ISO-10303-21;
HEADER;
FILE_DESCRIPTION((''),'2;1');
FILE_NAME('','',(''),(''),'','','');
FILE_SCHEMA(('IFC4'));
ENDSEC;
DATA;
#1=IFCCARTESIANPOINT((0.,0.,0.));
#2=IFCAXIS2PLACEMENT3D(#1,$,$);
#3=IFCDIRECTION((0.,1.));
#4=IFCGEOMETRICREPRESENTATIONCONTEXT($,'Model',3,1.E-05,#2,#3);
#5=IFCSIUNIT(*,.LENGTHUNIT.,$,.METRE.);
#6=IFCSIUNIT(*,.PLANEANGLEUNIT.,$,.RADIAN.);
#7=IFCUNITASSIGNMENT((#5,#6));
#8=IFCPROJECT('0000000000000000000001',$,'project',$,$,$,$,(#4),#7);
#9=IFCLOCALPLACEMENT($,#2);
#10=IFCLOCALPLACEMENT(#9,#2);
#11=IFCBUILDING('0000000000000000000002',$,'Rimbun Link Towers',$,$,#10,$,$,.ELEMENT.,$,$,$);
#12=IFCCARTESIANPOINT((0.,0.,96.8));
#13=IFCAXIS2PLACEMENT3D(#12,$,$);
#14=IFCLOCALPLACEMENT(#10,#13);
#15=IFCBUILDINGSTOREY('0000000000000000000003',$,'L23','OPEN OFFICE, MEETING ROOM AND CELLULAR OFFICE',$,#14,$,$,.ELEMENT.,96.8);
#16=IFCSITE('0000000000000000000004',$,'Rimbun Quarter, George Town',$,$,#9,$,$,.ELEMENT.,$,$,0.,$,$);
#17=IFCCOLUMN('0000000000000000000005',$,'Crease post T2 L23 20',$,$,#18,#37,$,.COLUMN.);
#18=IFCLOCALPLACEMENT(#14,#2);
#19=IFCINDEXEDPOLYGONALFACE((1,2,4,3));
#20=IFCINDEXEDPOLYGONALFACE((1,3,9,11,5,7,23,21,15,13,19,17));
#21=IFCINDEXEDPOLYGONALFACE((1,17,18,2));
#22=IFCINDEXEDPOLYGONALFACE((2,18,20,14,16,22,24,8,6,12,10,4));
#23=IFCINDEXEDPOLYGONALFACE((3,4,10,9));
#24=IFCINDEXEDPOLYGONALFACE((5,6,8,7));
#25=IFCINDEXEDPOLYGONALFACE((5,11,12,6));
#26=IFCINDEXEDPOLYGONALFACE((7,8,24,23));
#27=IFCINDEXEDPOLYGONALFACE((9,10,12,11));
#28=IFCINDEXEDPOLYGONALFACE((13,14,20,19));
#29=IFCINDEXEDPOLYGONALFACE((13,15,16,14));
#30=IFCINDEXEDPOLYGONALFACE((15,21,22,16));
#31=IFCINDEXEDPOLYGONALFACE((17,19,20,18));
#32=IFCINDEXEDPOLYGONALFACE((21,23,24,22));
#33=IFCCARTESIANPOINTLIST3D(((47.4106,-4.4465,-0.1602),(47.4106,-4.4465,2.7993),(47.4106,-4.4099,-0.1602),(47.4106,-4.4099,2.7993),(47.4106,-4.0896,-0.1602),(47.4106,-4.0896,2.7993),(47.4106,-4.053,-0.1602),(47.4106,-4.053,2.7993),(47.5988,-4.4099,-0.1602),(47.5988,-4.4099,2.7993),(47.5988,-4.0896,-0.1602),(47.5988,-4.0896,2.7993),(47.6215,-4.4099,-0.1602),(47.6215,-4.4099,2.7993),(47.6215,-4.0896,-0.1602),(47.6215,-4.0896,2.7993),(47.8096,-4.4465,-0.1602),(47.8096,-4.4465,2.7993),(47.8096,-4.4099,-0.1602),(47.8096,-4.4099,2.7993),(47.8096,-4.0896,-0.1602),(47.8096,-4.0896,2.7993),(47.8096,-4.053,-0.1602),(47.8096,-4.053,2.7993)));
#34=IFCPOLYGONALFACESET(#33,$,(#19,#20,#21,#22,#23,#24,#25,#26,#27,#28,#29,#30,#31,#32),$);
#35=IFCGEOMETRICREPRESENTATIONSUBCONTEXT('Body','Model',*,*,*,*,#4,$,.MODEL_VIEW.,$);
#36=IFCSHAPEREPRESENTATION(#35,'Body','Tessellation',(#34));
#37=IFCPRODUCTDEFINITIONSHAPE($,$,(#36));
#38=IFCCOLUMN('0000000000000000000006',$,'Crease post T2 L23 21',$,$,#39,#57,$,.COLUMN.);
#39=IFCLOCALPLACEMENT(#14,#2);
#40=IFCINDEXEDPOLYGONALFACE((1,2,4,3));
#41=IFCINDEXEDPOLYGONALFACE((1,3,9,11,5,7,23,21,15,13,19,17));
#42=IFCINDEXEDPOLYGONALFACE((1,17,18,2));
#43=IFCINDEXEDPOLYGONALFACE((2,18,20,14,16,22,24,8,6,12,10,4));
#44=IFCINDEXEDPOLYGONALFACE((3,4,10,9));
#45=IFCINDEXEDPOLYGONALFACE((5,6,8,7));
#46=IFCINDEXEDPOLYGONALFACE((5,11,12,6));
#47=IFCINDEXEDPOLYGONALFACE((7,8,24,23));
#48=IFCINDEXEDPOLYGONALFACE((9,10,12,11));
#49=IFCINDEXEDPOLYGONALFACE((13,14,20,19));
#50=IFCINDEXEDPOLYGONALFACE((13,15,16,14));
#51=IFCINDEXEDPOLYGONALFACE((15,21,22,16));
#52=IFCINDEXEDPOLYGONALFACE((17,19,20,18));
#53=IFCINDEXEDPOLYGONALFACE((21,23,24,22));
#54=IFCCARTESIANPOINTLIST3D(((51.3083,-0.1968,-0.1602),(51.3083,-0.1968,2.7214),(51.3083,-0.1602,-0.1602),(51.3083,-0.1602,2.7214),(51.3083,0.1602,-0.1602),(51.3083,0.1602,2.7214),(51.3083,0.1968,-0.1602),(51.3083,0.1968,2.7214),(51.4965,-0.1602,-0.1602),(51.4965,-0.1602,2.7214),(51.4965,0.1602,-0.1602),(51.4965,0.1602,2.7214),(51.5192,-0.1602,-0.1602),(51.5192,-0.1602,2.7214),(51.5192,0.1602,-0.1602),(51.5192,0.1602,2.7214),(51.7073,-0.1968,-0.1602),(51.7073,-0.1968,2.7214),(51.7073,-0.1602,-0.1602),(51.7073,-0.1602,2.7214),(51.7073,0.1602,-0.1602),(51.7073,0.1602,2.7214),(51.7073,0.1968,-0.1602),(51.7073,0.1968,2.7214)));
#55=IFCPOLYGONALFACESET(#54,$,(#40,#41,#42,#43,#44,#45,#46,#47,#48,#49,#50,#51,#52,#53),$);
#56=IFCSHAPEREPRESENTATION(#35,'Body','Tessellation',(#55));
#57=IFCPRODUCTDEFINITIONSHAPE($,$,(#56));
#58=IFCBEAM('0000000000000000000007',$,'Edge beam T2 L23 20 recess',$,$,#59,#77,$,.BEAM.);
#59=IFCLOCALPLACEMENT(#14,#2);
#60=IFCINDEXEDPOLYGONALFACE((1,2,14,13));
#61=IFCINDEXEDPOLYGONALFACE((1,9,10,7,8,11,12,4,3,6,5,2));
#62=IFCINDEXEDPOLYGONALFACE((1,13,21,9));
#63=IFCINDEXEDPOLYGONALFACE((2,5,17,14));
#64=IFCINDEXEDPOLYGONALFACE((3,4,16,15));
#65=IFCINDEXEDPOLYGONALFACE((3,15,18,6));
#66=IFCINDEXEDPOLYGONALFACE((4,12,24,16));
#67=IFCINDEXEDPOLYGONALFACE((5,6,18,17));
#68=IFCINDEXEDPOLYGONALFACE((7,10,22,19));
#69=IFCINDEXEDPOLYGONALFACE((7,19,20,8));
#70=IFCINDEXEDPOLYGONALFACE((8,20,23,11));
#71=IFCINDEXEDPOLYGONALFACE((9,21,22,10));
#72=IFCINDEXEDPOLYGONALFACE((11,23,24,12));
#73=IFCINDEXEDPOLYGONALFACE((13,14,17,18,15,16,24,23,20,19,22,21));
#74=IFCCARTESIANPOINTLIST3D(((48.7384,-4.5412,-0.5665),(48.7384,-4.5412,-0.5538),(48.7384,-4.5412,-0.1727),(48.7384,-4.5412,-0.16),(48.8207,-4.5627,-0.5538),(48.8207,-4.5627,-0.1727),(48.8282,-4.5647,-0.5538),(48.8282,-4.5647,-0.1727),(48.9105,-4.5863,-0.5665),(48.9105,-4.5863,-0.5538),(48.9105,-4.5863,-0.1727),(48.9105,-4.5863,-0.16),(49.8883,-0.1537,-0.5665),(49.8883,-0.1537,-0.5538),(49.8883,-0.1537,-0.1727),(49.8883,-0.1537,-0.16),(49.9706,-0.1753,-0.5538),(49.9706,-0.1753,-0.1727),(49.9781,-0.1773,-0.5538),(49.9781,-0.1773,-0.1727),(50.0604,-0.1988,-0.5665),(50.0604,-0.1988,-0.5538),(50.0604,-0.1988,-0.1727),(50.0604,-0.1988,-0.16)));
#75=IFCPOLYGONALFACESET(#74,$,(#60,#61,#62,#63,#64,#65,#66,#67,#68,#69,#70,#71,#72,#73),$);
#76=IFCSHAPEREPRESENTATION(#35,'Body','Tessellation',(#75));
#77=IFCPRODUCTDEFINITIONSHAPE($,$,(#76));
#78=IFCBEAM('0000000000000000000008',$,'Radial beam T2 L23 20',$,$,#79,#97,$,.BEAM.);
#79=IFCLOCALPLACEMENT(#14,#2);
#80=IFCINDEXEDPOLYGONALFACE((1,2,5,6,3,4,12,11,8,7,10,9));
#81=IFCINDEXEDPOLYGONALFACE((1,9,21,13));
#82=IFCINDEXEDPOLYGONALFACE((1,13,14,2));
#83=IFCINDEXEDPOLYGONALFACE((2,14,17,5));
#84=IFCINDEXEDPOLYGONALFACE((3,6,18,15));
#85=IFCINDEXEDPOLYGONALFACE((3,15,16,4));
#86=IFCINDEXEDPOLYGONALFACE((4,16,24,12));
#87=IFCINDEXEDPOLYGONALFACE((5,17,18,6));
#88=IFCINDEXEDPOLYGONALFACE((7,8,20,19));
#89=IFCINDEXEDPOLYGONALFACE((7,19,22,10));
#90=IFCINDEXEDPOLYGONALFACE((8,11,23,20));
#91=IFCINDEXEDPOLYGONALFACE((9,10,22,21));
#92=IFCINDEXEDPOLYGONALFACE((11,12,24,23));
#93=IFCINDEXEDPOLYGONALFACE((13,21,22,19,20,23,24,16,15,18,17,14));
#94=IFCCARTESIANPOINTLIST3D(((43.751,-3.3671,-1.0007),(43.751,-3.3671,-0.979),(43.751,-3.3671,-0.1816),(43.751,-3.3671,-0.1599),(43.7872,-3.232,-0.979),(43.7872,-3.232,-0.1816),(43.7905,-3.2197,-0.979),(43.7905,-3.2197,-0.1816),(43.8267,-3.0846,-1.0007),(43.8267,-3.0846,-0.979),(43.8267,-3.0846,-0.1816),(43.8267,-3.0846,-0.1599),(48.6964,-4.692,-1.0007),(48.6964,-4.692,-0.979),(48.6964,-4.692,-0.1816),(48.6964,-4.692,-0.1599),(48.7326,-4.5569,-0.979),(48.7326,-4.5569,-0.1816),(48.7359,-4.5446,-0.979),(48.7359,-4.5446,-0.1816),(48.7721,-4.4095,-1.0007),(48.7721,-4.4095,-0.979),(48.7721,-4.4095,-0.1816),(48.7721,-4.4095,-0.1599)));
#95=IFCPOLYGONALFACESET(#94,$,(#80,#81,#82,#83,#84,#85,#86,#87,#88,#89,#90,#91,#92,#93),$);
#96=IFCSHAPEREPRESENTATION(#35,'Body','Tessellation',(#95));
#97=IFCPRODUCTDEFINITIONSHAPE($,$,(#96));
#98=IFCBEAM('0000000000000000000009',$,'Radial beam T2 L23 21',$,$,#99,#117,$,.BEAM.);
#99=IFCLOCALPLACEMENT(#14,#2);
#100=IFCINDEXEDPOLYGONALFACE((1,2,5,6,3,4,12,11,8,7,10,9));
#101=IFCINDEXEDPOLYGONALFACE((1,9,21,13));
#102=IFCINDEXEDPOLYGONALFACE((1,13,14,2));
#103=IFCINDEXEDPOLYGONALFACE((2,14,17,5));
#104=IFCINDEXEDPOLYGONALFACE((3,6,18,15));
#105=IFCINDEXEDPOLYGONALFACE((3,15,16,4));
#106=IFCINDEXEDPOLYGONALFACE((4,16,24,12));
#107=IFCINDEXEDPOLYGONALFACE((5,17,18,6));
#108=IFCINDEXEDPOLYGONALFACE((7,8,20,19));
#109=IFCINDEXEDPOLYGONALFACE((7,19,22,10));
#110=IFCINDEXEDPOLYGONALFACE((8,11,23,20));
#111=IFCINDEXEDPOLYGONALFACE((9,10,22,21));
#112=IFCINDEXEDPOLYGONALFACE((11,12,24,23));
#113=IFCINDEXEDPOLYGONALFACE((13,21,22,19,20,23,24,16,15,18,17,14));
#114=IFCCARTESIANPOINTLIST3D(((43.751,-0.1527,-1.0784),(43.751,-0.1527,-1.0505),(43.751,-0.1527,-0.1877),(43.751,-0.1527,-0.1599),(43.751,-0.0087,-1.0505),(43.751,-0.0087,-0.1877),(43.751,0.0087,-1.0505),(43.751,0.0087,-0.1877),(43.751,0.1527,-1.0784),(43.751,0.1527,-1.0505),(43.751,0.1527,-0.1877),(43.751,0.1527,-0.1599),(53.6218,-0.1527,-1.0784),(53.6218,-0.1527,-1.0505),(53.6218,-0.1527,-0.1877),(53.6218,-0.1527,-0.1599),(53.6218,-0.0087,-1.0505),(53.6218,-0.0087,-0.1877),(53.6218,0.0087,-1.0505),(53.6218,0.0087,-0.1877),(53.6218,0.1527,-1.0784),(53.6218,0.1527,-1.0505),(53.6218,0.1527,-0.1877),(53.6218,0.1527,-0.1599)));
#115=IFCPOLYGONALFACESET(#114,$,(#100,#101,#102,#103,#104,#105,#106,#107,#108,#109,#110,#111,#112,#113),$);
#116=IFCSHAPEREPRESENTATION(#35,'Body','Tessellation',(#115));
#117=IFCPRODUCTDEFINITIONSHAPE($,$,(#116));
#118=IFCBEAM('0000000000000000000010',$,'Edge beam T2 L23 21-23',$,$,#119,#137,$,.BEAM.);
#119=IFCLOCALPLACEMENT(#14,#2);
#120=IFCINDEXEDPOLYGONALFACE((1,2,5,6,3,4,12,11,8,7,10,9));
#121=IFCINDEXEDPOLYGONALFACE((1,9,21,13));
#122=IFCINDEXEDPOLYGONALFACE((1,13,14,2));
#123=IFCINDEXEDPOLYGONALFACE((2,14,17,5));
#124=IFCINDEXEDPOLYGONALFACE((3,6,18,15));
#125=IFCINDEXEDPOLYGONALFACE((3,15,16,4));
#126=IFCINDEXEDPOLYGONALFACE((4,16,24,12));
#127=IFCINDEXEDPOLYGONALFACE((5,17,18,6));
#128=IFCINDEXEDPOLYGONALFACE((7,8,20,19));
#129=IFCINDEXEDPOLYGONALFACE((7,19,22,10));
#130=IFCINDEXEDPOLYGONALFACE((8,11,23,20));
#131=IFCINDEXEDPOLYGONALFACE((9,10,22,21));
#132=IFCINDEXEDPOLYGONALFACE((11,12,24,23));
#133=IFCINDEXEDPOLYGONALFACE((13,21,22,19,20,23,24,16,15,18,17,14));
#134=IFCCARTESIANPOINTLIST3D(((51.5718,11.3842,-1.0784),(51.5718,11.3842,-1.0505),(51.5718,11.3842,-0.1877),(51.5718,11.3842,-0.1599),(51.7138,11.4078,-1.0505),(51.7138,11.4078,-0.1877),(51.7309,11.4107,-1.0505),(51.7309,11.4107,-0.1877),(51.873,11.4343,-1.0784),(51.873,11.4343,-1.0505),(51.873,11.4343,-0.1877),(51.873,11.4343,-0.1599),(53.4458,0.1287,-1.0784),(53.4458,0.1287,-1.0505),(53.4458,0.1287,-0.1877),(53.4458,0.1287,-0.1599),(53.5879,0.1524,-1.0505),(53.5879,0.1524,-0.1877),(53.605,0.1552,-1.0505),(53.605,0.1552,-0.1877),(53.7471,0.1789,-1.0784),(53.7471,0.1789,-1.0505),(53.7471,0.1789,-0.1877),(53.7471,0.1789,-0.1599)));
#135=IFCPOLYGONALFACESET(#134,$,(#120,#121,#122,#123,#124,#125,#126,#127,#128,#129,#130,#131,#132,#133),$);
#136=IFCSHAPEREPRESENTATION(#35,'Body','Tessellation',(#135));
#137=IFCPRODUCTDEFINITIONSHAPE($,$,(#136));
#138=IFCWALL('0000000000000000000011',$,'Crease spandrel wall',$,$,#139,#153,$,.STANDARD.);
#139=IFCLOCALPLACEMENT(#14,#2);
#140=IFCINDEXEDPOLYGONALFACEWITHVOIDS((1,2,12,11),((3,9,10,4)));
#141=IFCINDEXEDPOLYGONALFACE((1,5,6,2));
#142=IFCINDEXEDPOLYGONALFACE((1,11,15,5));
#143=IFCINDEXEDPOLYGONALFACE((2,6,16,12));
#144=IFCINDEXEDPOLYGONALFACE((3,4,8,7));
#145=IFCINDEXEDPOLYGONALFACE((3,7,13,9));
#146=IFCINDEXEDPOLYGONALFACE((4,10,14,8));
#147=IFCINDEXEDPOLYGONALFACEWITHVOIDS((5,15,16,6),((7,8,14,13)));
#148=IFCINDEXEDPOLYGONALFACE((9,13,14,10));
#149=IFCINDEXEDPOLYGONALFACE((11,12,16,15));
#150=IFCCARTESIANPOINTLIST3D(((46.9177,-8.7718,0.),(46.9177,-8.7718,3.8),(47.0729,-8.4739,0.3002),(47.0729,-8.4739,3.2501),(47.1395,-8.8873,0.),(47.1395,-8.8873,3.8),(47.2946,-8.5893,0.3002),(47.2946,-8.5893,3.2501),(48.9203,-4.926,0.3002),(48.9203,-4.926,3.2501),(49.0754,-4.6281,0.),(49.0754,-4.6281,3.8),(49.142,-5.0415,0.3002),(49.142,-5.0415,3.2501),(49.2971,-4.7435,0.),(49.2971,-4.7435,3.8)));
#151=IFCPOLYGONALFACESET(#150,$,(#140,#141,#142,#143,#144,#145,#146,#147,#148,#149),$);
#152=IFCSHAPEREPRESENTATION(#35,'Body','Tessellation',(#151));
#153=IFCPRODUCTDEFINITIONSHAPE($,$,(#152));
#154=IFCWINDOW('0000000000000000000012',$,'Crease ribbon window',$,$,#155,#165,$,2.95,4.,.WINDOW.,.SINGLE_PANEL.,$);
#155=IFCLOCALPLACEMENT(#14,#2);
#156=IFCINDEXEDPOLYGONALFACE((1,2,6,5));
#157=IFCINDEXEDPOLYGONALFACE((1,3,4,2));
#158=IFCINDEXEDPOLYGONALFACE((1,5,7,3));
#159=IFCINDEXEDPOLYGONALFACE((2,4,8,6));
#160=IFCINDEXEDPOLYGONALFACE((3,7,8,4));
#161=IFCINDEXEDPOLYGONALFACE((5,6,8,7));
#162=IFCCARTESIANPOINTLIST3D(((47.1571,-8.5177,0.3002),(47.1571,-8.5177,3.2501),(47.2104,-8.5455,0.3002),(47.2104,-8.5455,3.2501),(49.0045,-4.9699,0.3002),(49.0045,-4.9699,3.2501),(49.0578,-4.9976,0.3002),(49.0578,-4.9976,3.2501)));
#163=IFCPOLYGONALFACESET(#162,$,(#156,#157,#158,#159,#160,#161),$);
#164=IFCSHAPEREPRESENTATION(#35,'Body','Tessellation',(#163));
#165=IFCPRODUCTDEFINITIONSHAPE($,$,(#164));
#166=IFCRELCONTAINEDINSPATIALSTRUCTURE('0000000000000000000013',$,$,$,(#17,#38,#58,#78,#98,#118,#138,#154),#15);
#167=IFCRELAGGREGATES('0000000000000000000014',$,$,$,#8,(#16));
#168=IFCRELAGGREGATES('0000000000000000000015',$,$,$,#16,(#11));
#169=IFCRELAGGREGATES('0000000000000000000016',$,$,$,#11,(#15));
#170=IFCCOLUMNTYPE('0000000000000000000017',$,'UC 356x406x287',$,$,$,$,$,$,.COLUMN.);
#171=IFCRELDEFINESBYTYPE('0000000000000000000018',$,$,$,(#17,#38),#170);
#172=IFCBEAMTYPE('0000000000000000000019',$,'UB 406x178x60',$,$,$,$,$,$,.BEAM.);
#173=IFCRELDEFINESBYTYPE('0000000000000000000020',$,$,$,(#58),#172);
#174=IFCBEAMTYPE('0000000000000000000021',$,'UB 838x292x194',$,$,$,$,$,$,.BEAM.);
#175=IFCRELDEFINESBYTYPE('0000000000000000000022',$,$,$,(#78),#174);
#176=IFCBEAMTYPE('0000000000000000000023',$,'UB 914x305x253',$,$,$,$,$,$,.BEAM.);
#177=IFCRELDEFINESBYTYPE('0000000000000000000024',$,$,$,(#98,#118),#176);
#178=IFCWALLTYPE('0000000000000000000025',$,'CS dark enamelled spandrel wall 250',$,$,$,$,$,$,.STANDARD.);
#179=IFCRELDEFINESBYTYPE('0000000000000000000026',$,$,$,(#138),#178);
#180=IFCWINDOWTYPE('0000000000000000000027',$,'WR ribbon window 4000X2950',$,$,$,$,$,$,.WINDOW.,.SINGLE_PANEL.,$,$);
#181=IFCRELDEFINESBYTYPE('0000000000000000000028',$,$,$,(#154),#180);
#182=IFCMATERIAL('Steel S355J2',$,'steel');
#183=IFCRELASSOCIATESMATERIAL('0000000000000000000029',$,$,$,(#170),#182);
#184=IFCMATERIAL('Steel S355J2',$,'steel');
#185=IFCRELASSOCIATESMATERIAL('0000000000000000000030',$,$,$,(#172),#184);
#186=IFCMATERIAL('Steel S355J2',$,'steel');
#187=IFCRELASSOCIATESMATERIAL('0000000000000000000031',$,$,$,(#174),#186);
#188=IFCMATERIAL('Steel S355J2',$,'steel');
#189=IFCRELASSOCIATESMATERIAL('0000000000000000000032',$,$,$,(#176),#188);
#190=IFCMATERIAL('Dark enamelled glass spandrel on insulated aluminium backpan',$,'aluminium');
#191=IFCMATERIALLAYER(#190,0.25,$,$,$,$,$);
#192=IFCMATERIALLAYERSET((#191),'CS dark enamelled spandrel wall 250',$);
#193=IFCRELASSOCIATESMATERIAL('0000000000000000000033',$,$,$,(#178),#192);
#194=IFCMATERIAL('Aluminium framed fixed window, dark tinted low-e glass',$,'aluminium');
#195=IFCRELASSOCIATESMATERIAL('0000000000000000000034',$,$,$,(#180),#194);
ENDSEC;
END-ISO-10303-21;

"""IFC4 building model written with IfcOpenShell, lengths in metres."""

from ifc_helpers import new_model, si_unit, direction, frame, frame_2d, origin, origin_2d, place, context, subcontext, project, spatial, rectangle, i_section, extrude, material, layer, layer_set, material_profile, profile_set, type_object, element, fill, save


model = new_model("IFC4")

# Units and contexts
model_context = context("Model", 3, precision=1e-05, world=origin(), true_north=direction((0.0, 1.0)))
body_context = subcontext(model_context, "Body", "Model", "MODEL_VIEW")
ifc_project = project(units=[si_unit("LENGTHUNIT", "METRE"), si_unit("PLANEANGLEUNIT", "RADIAN")], contexts=[model_context])

# Site, building, storey
site_placement = place(None, origin())
site = spatial("IfcSite", under=ifc_project, at=site_placement, Name="Rimbun Quarter, George Town", CompositionType="ELEMENT", RefElevation=0.0)
building_placement = place(site_placement, origin())
building = spatial("IfcBuilding", under=site, at=building_placement, Name="Rimbun Link Towers", CompositionType="ELEMENT")
storey_placement = place(building_placement, frame((0.0, 0.0, 96.8)))
storey = spatial("IfcBuildingStorey", under=building, at=storey_placement, Name="L23", Description="OPEN OFFICE, MEETING ROOM AND CELLULAR OFFICE", CompositionType="ELEMENT", Elevation=96.8)

# Columns
ifc_material_1 = material(Name="Steel S355J2", Category="steel")
ifc_material_profile_1 = material_profile(ifc_material_1, i_section(OverallWidth=0.3989, OverallDepth=0.3936, WebThickness=0.0227, FlangeThickness=0.0366, at=origin_2d()), Name="UC 356x406x287")
ifc_profile_set_1 = profile_set([ifc_material_profile_1], Name="Steel S355J2")
column_type = type_object("IfcColumnType", Name="UC 356x406x287", PredefinedType="COLUMN", material=ifc_profile_set_1)
column_1_placement = place(storey_placement, frame((47.6101, -4.2498, -0.1602), z_axis=(0.0, 0.0, 1.0), x_axis=(1.0, 0.0, 0.0)))
element("IfcColumn", 1, at=column_1_placement, inside=storey, type_object=column_type, Name="Crease post T2 L23 20", PredefinedType="COLUMN", context=body_context, shape_type="SweptSolid", body=[
    extrude(i_section(OverallWidth=0.3989, OverallDepth=0.3936, WebThickness=0.0227, FlangeThickness=0.0366, at=origin_2d()), origin(), (0.0, 0.0, 1.0), 2.9595),
])
column_2_placement = place(storey_placement, frame((51.5078, 0.0, -0.1602), z_axis=(0.0, 0.0, 1.0), x_axis=(1.0, 0.0, 0.0)))
element("IfcColumn", 2, at=column_2_placement, inside=storey, type_object=column_type, Name="Crease post T2 L23 21", PredefinedType="COLUMN", context=body_context, shape_type="SweptSolid", body=[
    extrude(i_section(OverallWidth=0.3989, OverallDepth=0.3936, WebThickness=0.0227, FlangeThickness=0.0366, at=origin_2d()), origin(), (0.0, 0.0, 1.0), 2.8816),
])

# Beams
ifc_material_2 = material(Name="Steel S355J2", Category="steel")
ifc_material_profile_2 = material_profile(ifc_material_2, i_section(OverallWidth=0.178, OverallDepth=0.4065, WebThickness=0.0078, FlangeThickness=0.0127, at=origin_2d()), Name="UB 406x178x60")
ifc_profile_set_2 = profile_set([ifc_material_profile_2], Name="Steel S355J2")
beam_type_1 = type_object("IfcBeamType", Name="UB 406x178x60", PredefinedType="BEAM", material=ifc_profile_set_2)
beam_1_placement = place(storey_placement, frame((48.8245, -4.5637, -0.3633), z_axis=(0.253526, 0.967329, 0.0), x_axis=(-0.967329, 0.253526, 0.0)))
element("IfcBeam", 3, at=beam_1_placement, inside=storey, type_object=beam_type_1, Name="Edge beam T2 L23 20 recess", PredefinedType="BEAM", context=body_context, shape_type="SweptSolid", body=[
    extrude(i_section(OverallWidth=0.178, OverallDepth=0.4065, WebThickness=0.0078, FlangeThickness=0.0127, at=origin_2d()), origin(), (0.0, 0.0, 1.0), 4.5356),
])
ifc_material_3 = material(Name="Steel S355J2", Category="steel")
ifc_material_profile_3 = material_profile(ifc_material_3, i_section(OverallWidth=0.2925, OverallDepth=0.8408, WebThickness=0.0127, FlangeThickness=0.0217, at=origin_2d()), Name="UB 838x292x194")
ifc_profile_set_3 = profile_set([ifc_material_profile_3], Name="Steel S355J2")
beam_type_2 = type_object("IfcBeamType", Name="UB 838x292x194", PredefinedType="BEAM", material=ifc_profile_set_3)
beam_2_placement = place(storey_placement, frame((43.7888, -3.2258, -0.5803), z_axis=(0.965936, -0.258781, 0.0), x_axis=(0.258781, 0.965936, 0.0)))
element("IfcBeam", 4, at=beam_2_placement, inside=storey, type_object=beam_type_2, Name="Radial beam T2 L23 20", PredefinedType="BEAM", context=body_context, shape_type="SweptSolid", body=[
    extrude(i_section(OverallWidth=0.2925, OverallDepth=0.8408, WebThickness=0.0127, FlangeThickness=0.0217, at=origin_2d()), origin(), (0.0, 0.0, 1.0), 5.1199),
])
ifc_material_4 = material(Name="Steel S355J2", Category="steel")
ifc_material_profile_4 = material_profile(ifc_material_4, i_section(OverallWidth=0.3054, OverallDepth=0.9185, WebThickness=0.0173, FlangeThickness=0.0278, at=origin_2d()), Name="UB 914x305x253")
ifc_profile_set_4 = profile_set([ifc_material_profile_4], Name="Steel S355J2")
beam_type_3 = type_object("IfcBeamType", Name="UB 914x305x253", PredefinedType="BEAM", material=ifc_profile_set_4)
beam_3_placement = place(storey_placement, frame((43.751, 0.0, -0.6191), z_axis=(1.0, 0.0, 0.0), x_axis=(0.0, 1.0, 0.0)))
element("IfcBeam", 5, at=beam_3_placement, inside=storey, type_object=beam_type_3, Name="Radial beam T2 L23 21", PredefinedType="BEAM", context=body_context, shape_type="SweptSolid", body=[
    extrude(i_section(OverallWidth=0.3054, OverallDepth=0.9185, WebThickness=0.0173, FlangeThickness=0.0278, at=origin_2d()), origin(), (0.0, 0.0, 1.0), 9.8708),
])
beam_4_placement = place(storey_placement, frame((53.5964, 0.1538, -0.6191), z_axis=(-0.164239, 0.986421, 0.0), x_axis=(-0.986421, -0.164239, 0.0)))
element("IfcBeam", 6, at=beam_4_placement, inside=storey, type_object=beam_type_3, Name="Edge beam T2 L23 21-23", PredefinedType="BEAM", context=body_context, shape_type="SweptSolid", body=[
    extrude(i_section(OverallWidth=0.3054, OverallDepth=0.9185, WebThickness=0.0173, FlangeThickness=0.0278, at=origin_2d()), origin(), (0.0, 0.0, 1.0), 11.4104),
])

# Wall, opening, window
ifc_material_5 = material(Name="Dark enamelled glass spandrel on insulated aluminium backpan", Category="aluminium")
ifc_layer_1 = layer(ifc_material_5, 0.25)
ifc_layer_set_1 = layer_set([ifc_layer_1], Name="CS dark enamelled spandrel wall 250")
wall_type_1 = type_object("IfcWallType", Name="CS dark enamelled spandrel wall 250", PredefinedType="STANDARD", material=ifc_layer_set_1)
wall_1_placement = place(storey_placement, frame((49.1863, -4.6858, 0.0), z_axis=(0.0, 0.0, 1.0), x_axis=(-0.461848, -0.886959, 0.0)))
wall_1 = element("IfcWall", 7, at=wall_1_placement, inside=storey, type_object=wall_type_1, Name="Crease spandrel wall", PredefinedType="STANDARD", context=body_context, shape_type="SweptSolid", body=[
    extrude(rectangle(XDim=4.6719, YDim=0.25, at=frame_2d((2.3359, 0.0))), origin(), (0.0, 0.0, 1.0), 3.8),
])
opening_1_placement = place(wall_1_placement, frame((0.3359, 0.0, 0.3)))
opening_1 = element("IfcOpeningElement", 8, at=opening_1_placement, cuts=wall_1, PredefinedType="OPENING", context=body_context, shape_type="SweptSolid", body=[
    extrude(rectangle(XDim=4.0, YDim=2.95, at=frame_2d((2.0, 1.4751))), frame((0.0, 0.135, 0.0), z_axis=(0.0, -1.0, 0.0), x_axis=(1.0, 0.0, 0.0)), (0.0, 0.0, 1.0), 0.27),
])
ifc_material_6 = material(Name="Aluminium framed fixed window, dark tinted low-e glass", Category="aluminium")
window_type_1 = type_object("IfcWindowType", Name="WR ribbon window 4000X2950", PartitioningType="SINGLE_PANEL", PredefinedType="WINDOW", material=ifc_material_6)
window_1_placement = place(opening_1_placement, origin())
window_1 = element("IfcWindow", 9, at=window_1_placement, inside=storey, type_object=window_type_1, Name="Crease ribbon window", OverallHeight=2.95, OverallWidth=4.0, PartitioningType="SINGLE_PANEL", PredefinedType="WINDOW", context=body_context, shape_type="SweptSolid", body=[
    extrude(rectangle(XDim=4.0, YDim=2.95, at=frame_2d((2.0, 1.4751))), frame((0.0, 0.03, 0.0), z_axis=(0.0, -1.0, 0.0), x_axis=(1.0, 0.0, 0.0)), (0.0, 0.0, 1.0), 0.0601),
])
fill(opening_1, window_1)

save(model, "model.ifc")
